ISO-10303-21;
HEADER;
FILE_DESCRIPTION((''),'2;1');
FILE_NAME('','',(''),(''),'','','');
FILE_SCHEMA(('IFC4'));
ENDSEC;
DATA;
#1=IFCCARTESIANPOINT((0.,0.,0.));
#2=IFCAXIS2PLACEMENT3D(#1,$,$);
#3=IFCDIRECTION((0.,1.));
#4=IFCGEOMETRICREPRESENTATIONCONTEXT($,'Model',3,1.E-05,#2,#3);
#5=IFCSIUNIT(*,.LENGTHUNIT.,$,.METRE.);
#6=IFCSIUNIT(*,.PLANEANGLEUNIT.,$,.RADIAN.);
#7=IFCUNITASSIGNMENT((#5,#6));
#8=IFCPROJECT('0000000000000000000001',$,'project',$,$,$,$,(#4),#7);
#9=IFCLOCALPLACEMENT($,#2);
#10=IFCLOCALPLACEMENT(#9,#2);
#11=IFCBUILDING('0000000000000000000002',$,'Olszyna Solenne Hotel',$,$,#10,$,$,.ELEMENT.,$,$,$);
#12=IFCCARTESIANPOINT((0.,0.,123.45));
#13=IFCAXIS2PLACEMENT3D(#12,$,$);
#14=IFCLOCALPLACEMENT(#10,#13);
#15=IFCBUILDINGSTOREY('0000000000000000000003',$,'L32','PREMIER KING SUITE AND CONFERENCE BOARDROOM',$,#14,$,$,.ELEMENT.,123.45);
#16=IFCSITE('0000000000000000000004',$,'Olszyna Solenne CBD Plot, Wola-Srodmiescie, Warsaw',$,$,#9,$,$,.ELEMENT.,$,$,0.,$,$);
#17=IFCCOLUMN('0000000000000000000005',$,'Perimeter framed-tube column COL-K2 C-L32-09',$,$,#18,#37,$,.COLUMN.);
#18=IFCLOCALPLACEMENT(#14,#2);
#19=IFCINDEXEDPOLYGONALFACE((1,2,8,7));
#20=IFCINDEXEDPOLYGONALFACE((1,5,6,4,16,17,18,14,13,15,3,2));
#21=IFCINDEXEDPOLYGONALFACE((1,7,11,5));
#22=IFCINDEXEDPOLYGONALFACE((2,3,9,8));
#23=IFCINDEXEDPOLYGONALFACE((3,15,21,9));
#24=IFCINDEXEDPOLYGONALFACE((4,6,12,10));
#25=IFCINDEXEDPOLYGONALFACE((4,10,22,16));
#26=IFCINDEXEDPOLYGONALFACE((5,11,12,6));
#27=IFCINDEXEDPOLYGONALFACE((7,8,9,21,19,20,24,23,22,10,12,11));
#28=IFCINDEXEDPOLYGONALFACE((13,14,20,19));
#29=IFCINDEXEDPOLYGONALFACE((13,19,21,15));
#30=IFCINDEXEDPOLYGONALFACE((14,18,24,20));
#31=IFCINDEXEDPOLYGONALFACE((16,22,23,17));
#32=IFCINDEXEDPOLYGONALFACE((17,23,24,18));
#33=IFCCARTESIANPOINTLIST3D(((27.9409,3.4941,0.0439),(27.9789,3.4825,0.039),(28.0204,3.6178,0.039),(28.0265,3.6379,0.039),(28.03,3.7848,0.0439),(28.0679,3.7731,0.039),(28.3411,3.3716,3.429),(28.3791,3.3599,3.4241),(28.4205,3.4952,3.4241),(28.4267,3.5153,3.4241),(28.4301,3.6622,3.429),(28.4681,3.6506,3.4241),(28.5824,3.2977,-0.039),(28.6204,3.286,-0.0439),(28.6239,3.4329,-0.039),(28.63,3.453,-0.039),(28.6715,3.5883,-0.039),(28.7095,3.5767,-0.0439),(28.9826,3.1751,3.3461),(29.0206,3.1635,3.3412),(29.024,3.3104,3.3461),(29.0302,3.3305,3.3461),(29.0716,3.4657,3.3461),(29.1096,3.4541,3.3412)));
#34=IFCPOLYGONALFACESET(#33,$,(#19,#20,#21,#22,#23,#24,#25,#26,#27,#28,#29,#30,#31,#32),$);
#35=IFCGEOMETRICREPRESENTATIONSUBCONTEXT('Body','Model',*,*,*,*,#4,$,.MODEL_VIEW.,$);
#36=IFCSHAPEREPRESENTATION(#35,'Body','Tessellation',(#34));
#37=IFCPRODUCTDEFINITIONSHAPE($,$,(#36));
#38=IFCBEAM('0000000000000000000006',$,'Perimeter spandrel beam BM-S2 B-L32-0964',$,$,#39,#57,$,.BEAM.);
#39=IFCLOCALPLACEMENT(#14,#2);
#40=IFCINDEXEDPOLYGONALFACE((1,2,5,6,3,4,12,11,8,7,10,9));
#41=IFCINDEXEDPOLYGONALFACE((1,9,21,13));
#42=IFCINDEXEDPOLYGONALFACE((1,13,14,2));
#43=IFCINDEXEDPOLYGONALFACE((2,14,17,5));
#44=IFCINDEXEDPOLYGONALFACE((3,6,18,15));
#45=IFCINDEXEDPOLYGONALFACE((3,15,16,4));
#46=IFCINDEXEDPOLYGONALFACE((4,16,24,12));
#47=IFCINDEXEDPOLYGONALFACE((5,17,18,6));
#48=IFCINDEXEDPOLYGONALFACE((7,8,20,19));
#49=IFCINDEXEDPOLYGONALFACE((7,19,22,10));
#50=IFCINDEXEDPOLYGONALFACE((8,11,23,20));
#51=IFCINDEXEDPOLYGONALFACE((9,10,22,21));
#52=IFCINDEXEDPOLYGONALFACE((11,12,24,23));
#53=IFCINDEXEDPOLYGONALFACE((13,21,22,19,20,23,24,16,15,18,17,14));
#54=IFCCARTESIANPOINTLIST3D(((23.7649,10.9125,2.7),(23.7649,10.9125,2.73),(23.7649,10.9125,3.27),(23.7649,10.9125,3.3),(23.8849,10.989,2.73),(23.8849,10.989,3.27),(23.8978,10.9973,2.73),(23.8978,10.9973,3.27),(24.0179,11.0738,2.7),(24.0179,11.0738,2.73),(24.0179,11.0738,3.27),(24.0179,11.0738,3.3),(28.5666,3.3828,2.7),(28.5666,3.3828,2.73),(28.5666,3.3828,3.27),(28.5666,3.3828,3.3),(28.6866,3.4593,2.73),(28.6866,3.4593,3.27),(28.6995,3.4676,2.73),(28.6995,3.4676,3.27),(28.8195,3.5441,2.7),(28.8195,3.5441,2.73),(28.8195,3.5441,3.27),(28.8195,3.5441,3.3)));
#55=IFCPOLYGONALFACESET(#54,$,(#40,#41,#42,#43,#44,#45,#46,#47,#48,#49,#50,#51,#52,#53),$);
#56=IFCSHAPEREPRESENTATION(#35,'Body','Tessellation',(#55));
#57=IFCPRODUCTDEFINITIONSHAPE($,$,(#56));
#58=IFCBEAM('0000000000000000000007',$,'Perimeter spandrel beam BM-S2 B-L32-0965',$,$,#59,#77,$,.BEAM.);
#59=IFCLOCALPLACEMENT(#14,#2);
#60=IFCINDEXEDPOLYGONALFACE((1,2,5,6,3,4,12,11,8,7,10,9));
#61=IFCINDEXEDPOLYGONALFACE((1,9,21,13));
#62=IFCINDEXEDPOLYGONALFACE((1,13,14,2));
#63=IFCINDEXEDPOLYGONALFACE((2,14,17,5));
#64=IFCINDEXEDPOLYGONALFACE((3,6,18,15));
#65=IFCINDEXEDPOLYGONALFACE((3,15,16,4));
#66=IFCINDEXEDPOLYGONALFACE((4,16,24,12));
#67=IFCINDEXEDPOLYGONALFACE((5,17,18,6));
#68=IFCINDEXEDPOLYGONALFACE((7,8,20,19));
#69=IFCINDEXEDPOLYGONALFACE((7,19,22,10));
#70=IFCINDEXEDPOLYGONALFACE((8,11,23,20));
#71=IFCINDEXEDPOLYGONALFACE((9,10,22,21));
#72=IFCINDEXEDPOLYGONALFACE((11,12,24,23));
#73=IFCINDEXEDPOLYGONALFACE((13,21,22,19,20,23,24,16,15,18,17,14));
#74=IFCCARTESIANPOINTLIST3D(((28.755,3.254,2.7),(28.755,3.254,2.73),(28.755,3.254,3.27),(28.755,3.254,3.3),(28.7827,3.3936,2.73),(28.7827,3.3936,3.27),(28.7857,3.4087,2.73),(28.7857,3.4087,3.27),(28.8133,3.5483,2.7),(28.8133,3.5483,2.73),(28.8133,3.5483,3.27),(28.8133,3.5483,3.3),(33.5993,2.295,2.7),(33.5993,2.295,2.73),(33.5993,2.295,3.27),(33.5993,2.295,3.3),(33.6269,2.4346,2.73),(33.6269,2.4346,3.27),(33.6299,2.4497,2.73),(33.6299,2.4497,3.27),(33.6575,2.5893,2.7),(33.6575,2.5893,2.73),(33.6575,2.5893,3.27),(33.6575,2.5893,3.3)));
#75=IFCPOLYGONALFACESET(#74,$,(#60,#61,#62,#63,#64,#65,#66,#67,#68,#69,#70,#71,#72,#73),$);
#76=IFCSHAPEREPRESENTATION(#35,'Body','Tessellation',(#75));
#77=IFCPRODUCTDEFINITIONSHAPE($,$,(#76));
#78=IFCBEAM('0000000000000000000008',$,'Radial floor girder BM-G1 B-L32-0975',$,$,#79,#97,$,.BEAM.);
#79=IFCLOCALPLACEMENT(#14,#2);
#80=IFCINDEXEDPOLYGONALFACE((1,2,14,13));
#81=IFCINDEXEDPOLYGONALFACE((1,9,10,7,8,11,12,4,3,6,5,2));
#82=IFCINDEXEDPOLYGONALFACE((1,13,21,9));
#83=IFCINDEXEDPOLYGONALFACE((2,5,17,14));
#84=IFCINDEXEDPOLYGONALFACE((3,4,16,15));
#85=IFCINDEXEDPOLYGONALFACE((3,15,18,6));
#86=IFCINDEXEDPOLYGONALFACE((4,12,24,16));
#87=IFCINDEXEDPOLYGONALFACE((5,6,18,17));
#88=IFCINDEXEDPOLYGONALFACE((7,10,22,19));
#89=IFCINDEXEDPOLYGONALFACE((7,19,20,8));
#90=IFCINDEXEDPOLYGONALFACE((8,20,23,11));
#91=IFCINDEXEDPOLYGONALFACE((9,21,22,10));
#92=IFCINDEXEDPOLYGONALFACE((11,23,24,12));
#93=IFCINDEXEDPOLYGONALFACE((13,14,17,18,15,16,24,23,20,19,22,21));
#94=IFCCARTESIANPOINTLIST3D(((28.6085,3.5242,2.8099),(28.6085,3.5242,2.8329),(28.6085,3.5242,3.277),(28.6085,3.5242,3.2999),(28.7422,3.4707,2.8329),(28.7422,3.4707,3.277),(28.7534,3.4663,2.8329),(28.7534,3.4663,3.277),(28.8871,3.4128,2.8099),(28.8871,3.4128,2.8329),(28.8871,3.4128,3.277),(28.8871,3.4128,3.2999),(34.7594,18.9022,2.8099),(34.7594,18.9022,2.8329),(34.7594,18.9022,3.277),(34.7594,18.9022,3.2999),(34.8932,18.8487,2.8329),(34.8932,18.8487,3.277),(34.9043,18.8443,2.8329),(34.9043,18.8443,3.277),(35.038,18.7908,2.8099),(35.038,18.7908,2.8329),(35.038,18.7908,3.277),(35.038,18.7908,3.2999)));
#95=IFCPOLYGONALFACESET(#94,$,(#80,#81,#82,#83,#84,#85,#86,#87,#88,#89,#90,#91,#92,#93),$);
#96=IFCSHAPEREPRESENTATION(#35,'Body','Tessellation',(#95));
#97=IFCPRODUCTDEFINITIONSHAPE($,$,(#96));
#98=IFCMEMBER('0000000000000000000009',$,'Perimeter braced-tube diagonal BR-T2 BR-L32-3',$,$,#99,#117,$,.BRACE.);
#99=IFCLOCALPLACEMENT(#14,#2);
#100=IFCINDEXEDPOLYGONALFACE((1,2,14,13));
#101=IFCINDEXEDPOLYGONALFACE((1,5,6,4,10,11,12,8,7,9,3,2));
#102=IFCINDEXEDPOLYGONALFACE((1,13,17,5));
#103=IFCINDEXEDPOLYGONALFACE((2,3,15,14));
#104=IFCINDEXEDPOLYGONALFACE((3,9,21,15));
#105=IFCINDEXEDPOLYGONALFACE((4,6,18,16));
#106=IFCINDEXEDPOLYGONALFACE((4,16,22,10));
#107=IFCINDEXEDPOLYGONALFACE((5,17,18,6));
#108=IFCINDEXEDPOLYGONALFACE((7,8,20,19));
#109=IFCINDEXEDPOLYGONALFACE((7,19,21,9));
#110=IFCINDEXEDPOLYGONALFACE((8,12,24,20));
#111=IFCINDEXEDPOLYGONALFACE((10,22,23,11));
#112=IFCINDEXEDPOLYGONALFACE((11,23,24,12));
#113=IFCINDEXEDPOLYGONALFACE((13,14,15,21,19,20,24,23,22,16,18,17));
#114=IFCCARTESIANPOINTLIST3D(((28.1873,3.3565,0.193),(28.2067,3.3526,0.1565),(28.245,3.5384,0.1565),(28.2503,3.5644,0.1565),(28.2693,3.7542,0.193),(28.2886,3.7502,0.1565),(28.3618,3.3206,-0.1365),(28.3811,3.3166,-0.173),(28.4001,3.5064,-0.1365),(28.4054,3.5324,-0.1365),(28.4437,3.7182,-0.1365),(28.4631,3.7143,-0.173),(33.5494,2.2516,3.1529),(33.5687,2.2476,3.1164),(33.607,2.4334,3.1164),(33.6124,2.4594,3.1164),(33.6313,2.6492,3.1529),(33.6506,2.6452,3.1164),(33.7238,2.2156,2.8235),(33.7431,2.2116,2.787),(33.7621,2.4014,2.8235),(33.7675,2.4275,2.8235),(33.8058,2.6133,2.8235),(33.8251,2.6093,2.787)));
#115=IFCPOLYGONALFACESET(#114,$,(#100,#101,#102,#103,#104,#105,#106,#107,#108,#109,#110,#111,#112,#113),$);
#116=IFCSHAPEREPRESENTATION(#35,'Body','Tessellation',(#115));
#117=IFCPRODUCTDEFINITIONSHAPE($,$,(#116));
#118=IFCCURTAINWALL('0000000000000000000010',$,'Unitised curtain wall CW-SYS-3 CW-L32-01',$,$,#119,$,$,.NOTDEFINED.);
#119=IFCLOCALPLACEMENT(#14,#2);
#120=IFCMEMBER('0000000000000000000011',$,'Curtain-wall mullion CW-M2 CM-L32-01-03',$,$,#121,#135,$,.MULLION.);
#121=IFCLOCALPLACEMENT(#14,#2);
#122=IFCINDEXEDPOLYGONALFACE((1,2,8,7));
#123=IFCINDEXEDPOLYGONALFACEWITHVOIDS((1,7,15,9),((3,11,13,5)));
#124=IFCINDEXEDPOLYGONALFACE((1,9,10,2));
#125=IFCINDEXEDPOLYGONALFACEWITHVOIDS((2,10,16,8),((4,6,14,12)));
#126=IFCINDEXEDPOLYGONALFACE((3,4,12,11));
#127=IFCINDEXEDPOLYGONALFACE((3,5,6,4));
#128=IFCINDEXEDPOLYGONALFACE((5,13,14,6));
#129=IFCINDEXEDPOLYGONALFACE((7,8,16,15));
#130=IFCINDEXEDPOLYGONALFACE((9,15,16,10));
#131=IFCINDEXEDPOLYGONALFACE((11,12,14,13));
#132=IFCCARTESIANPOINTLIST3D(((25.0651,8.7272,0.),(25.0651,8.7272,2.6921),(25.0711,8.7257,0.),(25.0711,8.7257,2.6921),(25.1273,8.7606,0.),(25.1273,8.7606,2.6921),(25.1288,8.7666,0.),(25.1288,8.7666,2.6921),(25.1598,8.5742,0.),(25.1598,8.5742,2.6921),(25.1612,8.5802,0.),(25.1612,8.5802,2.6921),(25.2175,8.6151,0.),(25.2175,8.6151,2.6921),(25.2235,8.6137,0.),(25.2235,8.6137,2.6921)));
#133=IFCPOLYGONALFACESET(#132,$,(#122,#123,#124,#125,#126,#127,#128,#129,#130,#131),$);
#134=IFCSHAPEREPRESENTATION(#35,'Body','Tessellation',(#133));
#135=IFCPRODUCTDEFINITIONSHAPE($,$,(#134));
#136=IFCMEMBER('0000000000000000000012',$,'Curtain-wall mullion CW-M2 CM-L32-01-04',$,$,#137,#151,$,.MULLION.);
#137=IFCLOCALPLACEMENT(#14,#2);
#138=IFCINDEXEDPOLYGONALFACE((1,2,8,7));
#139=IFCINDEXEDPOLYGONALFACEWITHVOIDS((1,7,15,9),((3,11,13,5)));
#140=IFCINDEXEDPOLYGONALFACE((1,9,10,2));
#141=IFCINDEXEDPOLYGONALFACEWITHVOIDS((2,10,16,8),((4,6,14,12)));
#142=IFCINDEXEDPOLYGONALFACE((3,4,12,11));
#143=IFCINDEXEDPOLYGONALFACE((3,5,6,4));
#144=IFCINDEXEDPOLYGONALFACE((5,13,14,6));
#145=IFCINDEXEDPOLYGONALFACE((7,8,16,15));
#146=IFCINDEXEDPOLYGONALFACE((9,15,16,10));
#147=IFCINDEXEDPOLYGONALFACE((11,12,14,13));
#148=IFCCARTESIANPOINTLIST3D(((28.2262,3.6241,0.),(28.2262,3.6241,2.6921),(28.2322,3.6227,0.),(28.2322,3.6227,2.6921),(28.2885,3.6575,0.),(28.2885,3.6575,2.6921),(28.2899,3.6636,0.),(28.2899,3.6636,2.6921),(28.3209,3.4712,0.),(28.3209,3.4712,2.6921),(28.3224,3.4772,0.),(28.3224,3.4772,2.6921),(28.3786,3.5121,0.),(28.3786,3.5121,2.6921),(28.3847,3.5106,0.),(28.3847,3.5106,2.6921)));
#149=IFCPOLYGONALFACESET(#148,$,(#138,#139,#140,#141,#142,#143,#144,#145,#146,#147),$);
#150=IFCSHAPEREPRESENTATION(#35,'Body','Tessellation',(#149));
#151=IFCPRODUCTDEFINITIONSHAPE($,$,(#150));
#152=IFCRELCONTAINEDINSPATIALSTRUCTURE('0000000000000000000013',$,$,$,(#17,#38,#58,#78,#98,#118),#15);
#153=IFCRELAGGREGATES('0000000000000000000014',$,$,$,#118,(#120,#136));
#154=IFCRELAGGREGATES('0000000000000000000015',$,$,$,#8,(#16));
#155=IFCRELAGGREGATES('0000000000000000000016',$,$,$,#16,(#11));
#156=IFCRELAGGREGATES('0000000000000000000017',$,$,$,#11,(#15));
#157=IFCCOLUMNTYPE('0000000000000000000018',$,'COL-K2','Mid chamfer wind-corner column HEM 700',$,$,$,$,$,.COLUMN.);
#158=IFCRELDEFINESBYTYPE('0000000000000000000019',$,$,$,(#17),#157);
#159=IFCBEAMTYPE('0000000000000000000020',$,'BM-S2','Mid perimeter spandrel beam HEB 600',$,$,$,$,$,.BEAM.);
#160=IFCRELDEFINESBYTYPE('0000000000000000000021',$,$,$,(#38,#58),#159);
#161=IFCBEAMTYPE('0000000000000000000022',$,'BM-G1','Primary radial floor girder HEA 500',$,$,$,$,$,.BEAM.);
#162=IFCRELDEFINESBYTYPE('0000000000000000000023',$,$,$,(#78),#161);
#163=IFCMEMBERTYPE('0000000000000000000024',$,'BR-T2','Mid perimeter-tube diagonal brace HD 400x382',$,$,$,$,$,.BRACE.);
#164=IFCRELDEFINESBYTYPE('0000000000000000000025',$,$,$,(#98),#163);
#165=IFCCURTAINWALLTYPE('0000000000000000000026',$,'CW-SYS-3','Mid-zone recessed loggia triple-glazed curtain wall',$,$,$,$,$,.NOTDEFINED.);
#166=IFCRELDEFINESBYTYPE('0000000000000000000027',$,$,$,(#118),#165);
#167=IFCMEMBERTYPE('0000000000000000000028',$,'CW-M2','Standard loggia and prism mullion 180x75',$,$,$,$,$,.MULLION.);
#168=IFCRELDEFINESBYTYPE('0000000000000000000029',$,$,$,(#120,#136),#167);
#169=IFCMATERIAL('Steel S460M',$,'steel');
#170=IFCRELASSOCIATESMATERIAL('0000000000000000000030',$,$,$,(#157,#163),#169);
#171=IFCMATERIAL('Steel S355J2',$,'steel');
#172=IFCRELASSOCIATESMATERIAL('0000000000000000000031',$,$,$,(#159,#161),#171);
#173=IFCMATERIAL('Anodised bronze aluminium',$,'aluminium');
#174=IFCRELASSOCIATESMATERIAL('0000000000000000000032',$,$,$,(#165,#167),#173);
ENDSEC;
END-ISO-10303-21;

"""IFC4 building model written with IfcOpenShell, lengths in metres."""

from ifc_helpers import new_model, si_unit, direction, frame, origin, origin_2d, place, context, subcontext, project, spatial, hollow_rectangle, i_section, extrude, source, transform, mapped, material, material_profile, profile_set, type_object, element, aggregate, save


model = new_model("IFC4")

# Units and contexts
model_context = context("Model", 3, precision=1e-05, world=origin(), true_north=direction((0.0, 1.0)))
body_context = subcontext(model_context, "Body", "Model", "MODEL_VIEW")
ifc_project = project(units=[si_unit("LENGTHUNIT", "METRE"), si_unit("PLANEANGLEUNIT", "RADIAN")], contexts=[model_context])

# Site, building, storey
site_placement = place(None, origin())
site = spatial("IfcSite", under=ifc_project, at=site_placement, Name="Olszyna Solenne CBD Plot, Wola-Srodmiescie, Warsaw", CompositionType="ELEMENT", RefElevation=0.0)
building_placement = place(site_placement, origin())
building = spatial("IfcBuilding", under=site, at=building_placement, Name="Olszyna Solenne Hotel", CompositionType="ELEMENT")
storey_placement = place(building_placement, frame((0.0, 0.0, 123.45)))
storey = spatial("IfcBuildingStorey", under=building, at=storey_placement, Name="L32", Description="PREMIER KING SUITE AND CONFERENCE BOARDROOM", CompositionType="ELEMENT", Elevation=123.45)

# Column
ifc_material_1 = material(Name="Steel S460M", Category="steel")
ifc_material_profile_1 = material_profile(ifc_material_1, i_section(OverallWidth=0.304, OverallDepth=0.7161, WebThickness=0.021, FlangeThickness=0.04, at=origin_2d()), Name="HEM 700", Category="load-bearing")
ifc_profile_set_1 = profile_set([ifc_material_profile_1], Name="Steel S460M")
column_type = type_object("IfcColumnType", Name="COL-K2", Description="Mid chamfer wind-corner column HEM 700", PredefinedType="COLUMN", material=ifc_profile_set_1)
shared_shape_1 = source(origin(), body_context, "Body", "SweptSolid", [
    extrude(i_section(OverallWidth=0.304, OverallDepth=0.7161, WebThickness=0.021, FlangeThickness=0.04, at=origin_2d()), origin(), (0.0, 0.0, 1.0), 3.4109),
])
column_placement = place(storey_placement, frame((28.3252, 3.5354, 0.0), z_axis=(0.117318, -0.035933, 0.992444), x_axis=(0.292856, 0.956157, 0.0)))
element("IfcColumn", 1, at=column_placement, inside=storey, type_object=column_type, Name="Perimeter framed-tube column COL-K2 C-L32-09", PredefinedType="COLUMN", context=body_context, shape_type="MappedRepresentation", body=[
    mapped(shared_shape_1, transform((0.0, 0.0, 0.0), x_axis=(1.0, 0.0, 0.0), y_axis=(0.0, 1.0, 0.0), z_axis=(0.0, 0.0, 1.0), scale=1.0)),
])

# Beams
ifc_material_2 = material(Name="Steel S355J2", Category="steel")
ifc_material_profile_2 = material_profile(ifc_material_2, i_section(OverallWidth=0.3, OverallDepth=0.6001, WebThickness=0.0154, FlangeThickness=0.03, at=origin_2d()), Name="HEB 600", Category="load-bearing")
ifc_profile_set_2 = profile_set([ifc_material_profile_2], Name="Steel S355J2")
beam_type_1 = type_object("IfcBeamType", Name="BM-S2", Description="Mid perimeter spandrel beam HEB 600", PredefinedType="BEAM", material=ifc_profile_set_2)
shared_shape_2 = source(origin(), body_context, "Body", "SweptSolid", [
    extrude(i_section(OverallWidth=0.3, OverallDepth=0.6001, WebThickness=0.0154, FlangeThickness=0.03, at=origin_2d()), origin(), (0.0, 0.0, 1.0), 8.9304),
])
beam_1_placement = place(storey_placement, frame((23.8914, 10.9932, 3.0), z_axis=(0.537678, -0.84315, 0.0), x_axis=(0.84315, 0.537678, 0.0)))
element("IfcBeam", 2, at=beam_1_placement, inside=storey, type_object=beam_type_1, Name="Perimeter spandrel beam BM-S2 B-L32-0964", PredefinedType="BEAM", context=body_context, shape_type="MappedRepresentation", body=[
    mapped(shared_shape_2, transform((0.0, 0.0, 0.0), x_axis=(1.0, 0.0, 0.0), y_axis=(0.0, 1.0, 0.0), z_axis=(0.0, 0.0, 1.0), scale=1.0)),
])
shared_shape_3 = source(origin(), body_context, "Body", "SweptSolid", [
    extrude(i_section(OverallWidth=0.3, OverallDepth=0.6001, WebThickness=0.0154, FlangeThickness=0.03, at=origin_2d()), origin(), (0.0, 0.0, 1.0), 4.9382),
])
beam_2_placement = place(storey_placement, frame((28.7842, 3.4011, 3.0), z_axis=(0.980963, -0.194195, 0.0), x_axis=(0.194195, 0.980963, 0.0)))
element("IfcBeam", 3, at=beam_2_placement, inside=storey, type_object=beam_type_1, Name="Perimeter spandrel beam BM-S2 B-L32-0965", PredefinedType="BEAM", context=body_context, shape_type="MappedRepresentation", body=[
    mapped(shared_shape_3, transform((0.0, 0.0, 0.0), x_axis=(1.0, 0.0, 0.0), y_axis=(0.0, 1.0, 0.0), z_axis=(0.0, 0.0, 1.0), scale=1.0)),
])
ifc_material_profile_3 = material_profile(ifc_material_2, i_section(OverallWidth=0.3, OverallDepth=0.49, WebThickness=0.012, FlangeThickness=0.0229, at=origin_2d()), Name="HEA 500", Category="load-bearing")
ifc_profile_set_3 = profile_set([ifc_material_profile_3], Name="Steel S355J2")
beam_type_2 = type_object("IfcBeamType", Name="BM-G1", Description="Primary radial floor girder HEA 500", PredefinedType="BEAM", material=ifc_profile_set_3)
shared_shape_4 = source(origin(), body_context, "Body", "SweptSolid", [
    extrude(i_section(OverallWidth=0.3, OverallDepth=0.49, WebThickness=0.012, FlangeThickness=0.0229, at=origin_2d()), origin(), (0.0, 0.0, 1.0), 16.5625),
])
beam_3_placement = place(storey_placement, frame((28.7478, 3.4685, 3.0549), z_axis=(0.371375, 0.928483, 0.0), x_axis=(-0.928483, 0.371375, 0.0)))
element("IfcBeam", 4, at=beam_3_placement, inside=storey, type_object=beam_type_2, Name="Radial floor girder BM-G1 B-L32-0975", PredefinedType="BEAM", context=body_context, shape_type="MappedRepresentation", body=[
    mapped(shared_shape_4, transform((0.0, 0.0, 0.0), x_axis=(1.0, 0.0, 0.0), y_axis=(0.0, 1.0, 0.0), z_axis=(0.0, 0.0, 1.0), scale=1.0)),
])

# Member
ifc_material_profile_4 = material_profile(ifc_material_1, i_section(OverallWidth=0.406, OverallDepth=0.416, WebThickness=0.0266, FlangeThickness=0.0415, at=origin_2d()), Name="HD 400x382", Category="load-bearing")
ifc_profile_set_4 = profile_set([ifc_material_profile_4], Name="Steel S460M")
member_type_1 = type_object("IfcMemberType", Name="BR-T2", Description="Mid perimeter-tube diagonal brace HD 400x382", PredefinedType="BRACE", material=ifc_profile_set_4)
shared_shape_5 = source(origin(), body_context, "Body", "SweptSolid", [
    extrude(i_section(OverallWidth=0.406, OverallDepth=0.416, WebThickness=0.0266, FlangeThickness=0.0415, at=origin_2d()), origin(), (0.0, 0.0, 1.0), 6.2236),
])
member_1_placement = place(storey_placement, frame((28.3252, 3.5354, 0.01), z_axis=(0.86156, -0.177545, 0.475597), x_axis=(0.201833, 0.97942, 0.0)))
element("IfcMember", 5, at=member_1_placement, inside=storey, type_object=member_type_1, Name="Perimeter braced-tube diagonal BR-T2 BR-L32-3", PredefinedType="BRACE", context=body_context, shape_type="MappedRepresentation", body=[
    mapped(shared_shape_5, transform((0.0, 0.0, 0.0), x_axis=(1.0, 0.0, 0.0), y_axis=(0.0, 1.0, 0.0), z_axis=(0.0, 0.0, 1.0), scale=1.0)),
])

# Curtain wall, members
ifc_material_3 = material(Name="Anodised bronze aluminium", Category="aluminium")
curtain_wall_type = type_object("IfcCurtainWallType", Name="CW-SYS-3", Description="Mid-zone recessed loggia triple-glazed curtain wall", PredefinedType="NOTDEFINED", material=ifc_material_3)
curtain_wall_placement = place(storey_placement, origin())
curtain_wall = element("IfcCurtainWall", 6, at=curtain_wall_placement, inside=storey, type_object=curtain_wall_type, Name="Unitised curtain wall CW-SYS-3 CW-L32-01", PredefinedType="NOTDEFINED")
ifc_material_profile_5 = material_profile(ifc_material_3, hollow_rectangle(XDim=0.075, YDim=0.1799, WallThickness=0.0044, at=origin_2d()), Name="MULL 180x75x4.5", Category="load-bearing")
ifc_profile_set_5 = profile_set([ifc_material_profile_5], Name="Anodised bronze aluminium")
member_type_2 = type_object("IfcMemberType", Name="CW-M2", Description="Standard loggia and prism mullion 180x75", PredefinedType="MULLION", material=ifc_profile_set_5)
shared_shape_6 = source(origin(), body_context, "Body", "SweptSolid", [
    extrude(hollow_rectangle(XDim=0.075, YDim=0.1799, WallThickness=0.0044, at=origin_2d()), origin(), (0.0, 0.0, 1.0), 2.6921),
])
member_2_placement = place(storey_placement, frame((25.1443, 8.6704, 0.0), z_axis=(0.0, 0.0, 1.0), x_axis=(0.850112, 0.526602, 0.0)))
member_2 = element("IfcMember", 7, at=member_2_placement, type_object=member_type_2, Name="Curtain-wall mullion CW-M2 CM-L32-01-03", PredefinedType="MULLION", context=body_context, shape_type="MappedRepresentation", body=[
    mapped(shared_shape_6, transform((0.0, 0.0, 0.0), x_axis=(1.0, 0.0, 0.0), y_axis=(0.0, 1.0, 0.0), z_axis=(0.0, 0.0, 1.0), scale=1.0)),
])
member_3_placement = place(storey_placement, frame((28.3054, 3.5674, 0.0), z_axis=(0.0, 0.0, 1.0), x_axis=(0.850112, 0.526602, 0.0)))
member_3 = element("IfcMember", 8, at=member_3_placement, type_object=member_type_2, Name="Curtain-wall mullion CW-M2 CM-L32-01-04", PredefinedType="MULLION", context=body_context, shape_type="MappedRepresentation", body=[
    mapped(shared_shape_6, transform((0.0, 0.0, 0.0), x_axis=(1.0, 0.0, 0.0), y_axis=(0.0, 1.0, 0.0), z_axis=(0.0, 0.0, 1.0), scale=1.0)),
])

aggregate(curtain_wall, [member_2, member_3])

save(model, "model.ifc")
